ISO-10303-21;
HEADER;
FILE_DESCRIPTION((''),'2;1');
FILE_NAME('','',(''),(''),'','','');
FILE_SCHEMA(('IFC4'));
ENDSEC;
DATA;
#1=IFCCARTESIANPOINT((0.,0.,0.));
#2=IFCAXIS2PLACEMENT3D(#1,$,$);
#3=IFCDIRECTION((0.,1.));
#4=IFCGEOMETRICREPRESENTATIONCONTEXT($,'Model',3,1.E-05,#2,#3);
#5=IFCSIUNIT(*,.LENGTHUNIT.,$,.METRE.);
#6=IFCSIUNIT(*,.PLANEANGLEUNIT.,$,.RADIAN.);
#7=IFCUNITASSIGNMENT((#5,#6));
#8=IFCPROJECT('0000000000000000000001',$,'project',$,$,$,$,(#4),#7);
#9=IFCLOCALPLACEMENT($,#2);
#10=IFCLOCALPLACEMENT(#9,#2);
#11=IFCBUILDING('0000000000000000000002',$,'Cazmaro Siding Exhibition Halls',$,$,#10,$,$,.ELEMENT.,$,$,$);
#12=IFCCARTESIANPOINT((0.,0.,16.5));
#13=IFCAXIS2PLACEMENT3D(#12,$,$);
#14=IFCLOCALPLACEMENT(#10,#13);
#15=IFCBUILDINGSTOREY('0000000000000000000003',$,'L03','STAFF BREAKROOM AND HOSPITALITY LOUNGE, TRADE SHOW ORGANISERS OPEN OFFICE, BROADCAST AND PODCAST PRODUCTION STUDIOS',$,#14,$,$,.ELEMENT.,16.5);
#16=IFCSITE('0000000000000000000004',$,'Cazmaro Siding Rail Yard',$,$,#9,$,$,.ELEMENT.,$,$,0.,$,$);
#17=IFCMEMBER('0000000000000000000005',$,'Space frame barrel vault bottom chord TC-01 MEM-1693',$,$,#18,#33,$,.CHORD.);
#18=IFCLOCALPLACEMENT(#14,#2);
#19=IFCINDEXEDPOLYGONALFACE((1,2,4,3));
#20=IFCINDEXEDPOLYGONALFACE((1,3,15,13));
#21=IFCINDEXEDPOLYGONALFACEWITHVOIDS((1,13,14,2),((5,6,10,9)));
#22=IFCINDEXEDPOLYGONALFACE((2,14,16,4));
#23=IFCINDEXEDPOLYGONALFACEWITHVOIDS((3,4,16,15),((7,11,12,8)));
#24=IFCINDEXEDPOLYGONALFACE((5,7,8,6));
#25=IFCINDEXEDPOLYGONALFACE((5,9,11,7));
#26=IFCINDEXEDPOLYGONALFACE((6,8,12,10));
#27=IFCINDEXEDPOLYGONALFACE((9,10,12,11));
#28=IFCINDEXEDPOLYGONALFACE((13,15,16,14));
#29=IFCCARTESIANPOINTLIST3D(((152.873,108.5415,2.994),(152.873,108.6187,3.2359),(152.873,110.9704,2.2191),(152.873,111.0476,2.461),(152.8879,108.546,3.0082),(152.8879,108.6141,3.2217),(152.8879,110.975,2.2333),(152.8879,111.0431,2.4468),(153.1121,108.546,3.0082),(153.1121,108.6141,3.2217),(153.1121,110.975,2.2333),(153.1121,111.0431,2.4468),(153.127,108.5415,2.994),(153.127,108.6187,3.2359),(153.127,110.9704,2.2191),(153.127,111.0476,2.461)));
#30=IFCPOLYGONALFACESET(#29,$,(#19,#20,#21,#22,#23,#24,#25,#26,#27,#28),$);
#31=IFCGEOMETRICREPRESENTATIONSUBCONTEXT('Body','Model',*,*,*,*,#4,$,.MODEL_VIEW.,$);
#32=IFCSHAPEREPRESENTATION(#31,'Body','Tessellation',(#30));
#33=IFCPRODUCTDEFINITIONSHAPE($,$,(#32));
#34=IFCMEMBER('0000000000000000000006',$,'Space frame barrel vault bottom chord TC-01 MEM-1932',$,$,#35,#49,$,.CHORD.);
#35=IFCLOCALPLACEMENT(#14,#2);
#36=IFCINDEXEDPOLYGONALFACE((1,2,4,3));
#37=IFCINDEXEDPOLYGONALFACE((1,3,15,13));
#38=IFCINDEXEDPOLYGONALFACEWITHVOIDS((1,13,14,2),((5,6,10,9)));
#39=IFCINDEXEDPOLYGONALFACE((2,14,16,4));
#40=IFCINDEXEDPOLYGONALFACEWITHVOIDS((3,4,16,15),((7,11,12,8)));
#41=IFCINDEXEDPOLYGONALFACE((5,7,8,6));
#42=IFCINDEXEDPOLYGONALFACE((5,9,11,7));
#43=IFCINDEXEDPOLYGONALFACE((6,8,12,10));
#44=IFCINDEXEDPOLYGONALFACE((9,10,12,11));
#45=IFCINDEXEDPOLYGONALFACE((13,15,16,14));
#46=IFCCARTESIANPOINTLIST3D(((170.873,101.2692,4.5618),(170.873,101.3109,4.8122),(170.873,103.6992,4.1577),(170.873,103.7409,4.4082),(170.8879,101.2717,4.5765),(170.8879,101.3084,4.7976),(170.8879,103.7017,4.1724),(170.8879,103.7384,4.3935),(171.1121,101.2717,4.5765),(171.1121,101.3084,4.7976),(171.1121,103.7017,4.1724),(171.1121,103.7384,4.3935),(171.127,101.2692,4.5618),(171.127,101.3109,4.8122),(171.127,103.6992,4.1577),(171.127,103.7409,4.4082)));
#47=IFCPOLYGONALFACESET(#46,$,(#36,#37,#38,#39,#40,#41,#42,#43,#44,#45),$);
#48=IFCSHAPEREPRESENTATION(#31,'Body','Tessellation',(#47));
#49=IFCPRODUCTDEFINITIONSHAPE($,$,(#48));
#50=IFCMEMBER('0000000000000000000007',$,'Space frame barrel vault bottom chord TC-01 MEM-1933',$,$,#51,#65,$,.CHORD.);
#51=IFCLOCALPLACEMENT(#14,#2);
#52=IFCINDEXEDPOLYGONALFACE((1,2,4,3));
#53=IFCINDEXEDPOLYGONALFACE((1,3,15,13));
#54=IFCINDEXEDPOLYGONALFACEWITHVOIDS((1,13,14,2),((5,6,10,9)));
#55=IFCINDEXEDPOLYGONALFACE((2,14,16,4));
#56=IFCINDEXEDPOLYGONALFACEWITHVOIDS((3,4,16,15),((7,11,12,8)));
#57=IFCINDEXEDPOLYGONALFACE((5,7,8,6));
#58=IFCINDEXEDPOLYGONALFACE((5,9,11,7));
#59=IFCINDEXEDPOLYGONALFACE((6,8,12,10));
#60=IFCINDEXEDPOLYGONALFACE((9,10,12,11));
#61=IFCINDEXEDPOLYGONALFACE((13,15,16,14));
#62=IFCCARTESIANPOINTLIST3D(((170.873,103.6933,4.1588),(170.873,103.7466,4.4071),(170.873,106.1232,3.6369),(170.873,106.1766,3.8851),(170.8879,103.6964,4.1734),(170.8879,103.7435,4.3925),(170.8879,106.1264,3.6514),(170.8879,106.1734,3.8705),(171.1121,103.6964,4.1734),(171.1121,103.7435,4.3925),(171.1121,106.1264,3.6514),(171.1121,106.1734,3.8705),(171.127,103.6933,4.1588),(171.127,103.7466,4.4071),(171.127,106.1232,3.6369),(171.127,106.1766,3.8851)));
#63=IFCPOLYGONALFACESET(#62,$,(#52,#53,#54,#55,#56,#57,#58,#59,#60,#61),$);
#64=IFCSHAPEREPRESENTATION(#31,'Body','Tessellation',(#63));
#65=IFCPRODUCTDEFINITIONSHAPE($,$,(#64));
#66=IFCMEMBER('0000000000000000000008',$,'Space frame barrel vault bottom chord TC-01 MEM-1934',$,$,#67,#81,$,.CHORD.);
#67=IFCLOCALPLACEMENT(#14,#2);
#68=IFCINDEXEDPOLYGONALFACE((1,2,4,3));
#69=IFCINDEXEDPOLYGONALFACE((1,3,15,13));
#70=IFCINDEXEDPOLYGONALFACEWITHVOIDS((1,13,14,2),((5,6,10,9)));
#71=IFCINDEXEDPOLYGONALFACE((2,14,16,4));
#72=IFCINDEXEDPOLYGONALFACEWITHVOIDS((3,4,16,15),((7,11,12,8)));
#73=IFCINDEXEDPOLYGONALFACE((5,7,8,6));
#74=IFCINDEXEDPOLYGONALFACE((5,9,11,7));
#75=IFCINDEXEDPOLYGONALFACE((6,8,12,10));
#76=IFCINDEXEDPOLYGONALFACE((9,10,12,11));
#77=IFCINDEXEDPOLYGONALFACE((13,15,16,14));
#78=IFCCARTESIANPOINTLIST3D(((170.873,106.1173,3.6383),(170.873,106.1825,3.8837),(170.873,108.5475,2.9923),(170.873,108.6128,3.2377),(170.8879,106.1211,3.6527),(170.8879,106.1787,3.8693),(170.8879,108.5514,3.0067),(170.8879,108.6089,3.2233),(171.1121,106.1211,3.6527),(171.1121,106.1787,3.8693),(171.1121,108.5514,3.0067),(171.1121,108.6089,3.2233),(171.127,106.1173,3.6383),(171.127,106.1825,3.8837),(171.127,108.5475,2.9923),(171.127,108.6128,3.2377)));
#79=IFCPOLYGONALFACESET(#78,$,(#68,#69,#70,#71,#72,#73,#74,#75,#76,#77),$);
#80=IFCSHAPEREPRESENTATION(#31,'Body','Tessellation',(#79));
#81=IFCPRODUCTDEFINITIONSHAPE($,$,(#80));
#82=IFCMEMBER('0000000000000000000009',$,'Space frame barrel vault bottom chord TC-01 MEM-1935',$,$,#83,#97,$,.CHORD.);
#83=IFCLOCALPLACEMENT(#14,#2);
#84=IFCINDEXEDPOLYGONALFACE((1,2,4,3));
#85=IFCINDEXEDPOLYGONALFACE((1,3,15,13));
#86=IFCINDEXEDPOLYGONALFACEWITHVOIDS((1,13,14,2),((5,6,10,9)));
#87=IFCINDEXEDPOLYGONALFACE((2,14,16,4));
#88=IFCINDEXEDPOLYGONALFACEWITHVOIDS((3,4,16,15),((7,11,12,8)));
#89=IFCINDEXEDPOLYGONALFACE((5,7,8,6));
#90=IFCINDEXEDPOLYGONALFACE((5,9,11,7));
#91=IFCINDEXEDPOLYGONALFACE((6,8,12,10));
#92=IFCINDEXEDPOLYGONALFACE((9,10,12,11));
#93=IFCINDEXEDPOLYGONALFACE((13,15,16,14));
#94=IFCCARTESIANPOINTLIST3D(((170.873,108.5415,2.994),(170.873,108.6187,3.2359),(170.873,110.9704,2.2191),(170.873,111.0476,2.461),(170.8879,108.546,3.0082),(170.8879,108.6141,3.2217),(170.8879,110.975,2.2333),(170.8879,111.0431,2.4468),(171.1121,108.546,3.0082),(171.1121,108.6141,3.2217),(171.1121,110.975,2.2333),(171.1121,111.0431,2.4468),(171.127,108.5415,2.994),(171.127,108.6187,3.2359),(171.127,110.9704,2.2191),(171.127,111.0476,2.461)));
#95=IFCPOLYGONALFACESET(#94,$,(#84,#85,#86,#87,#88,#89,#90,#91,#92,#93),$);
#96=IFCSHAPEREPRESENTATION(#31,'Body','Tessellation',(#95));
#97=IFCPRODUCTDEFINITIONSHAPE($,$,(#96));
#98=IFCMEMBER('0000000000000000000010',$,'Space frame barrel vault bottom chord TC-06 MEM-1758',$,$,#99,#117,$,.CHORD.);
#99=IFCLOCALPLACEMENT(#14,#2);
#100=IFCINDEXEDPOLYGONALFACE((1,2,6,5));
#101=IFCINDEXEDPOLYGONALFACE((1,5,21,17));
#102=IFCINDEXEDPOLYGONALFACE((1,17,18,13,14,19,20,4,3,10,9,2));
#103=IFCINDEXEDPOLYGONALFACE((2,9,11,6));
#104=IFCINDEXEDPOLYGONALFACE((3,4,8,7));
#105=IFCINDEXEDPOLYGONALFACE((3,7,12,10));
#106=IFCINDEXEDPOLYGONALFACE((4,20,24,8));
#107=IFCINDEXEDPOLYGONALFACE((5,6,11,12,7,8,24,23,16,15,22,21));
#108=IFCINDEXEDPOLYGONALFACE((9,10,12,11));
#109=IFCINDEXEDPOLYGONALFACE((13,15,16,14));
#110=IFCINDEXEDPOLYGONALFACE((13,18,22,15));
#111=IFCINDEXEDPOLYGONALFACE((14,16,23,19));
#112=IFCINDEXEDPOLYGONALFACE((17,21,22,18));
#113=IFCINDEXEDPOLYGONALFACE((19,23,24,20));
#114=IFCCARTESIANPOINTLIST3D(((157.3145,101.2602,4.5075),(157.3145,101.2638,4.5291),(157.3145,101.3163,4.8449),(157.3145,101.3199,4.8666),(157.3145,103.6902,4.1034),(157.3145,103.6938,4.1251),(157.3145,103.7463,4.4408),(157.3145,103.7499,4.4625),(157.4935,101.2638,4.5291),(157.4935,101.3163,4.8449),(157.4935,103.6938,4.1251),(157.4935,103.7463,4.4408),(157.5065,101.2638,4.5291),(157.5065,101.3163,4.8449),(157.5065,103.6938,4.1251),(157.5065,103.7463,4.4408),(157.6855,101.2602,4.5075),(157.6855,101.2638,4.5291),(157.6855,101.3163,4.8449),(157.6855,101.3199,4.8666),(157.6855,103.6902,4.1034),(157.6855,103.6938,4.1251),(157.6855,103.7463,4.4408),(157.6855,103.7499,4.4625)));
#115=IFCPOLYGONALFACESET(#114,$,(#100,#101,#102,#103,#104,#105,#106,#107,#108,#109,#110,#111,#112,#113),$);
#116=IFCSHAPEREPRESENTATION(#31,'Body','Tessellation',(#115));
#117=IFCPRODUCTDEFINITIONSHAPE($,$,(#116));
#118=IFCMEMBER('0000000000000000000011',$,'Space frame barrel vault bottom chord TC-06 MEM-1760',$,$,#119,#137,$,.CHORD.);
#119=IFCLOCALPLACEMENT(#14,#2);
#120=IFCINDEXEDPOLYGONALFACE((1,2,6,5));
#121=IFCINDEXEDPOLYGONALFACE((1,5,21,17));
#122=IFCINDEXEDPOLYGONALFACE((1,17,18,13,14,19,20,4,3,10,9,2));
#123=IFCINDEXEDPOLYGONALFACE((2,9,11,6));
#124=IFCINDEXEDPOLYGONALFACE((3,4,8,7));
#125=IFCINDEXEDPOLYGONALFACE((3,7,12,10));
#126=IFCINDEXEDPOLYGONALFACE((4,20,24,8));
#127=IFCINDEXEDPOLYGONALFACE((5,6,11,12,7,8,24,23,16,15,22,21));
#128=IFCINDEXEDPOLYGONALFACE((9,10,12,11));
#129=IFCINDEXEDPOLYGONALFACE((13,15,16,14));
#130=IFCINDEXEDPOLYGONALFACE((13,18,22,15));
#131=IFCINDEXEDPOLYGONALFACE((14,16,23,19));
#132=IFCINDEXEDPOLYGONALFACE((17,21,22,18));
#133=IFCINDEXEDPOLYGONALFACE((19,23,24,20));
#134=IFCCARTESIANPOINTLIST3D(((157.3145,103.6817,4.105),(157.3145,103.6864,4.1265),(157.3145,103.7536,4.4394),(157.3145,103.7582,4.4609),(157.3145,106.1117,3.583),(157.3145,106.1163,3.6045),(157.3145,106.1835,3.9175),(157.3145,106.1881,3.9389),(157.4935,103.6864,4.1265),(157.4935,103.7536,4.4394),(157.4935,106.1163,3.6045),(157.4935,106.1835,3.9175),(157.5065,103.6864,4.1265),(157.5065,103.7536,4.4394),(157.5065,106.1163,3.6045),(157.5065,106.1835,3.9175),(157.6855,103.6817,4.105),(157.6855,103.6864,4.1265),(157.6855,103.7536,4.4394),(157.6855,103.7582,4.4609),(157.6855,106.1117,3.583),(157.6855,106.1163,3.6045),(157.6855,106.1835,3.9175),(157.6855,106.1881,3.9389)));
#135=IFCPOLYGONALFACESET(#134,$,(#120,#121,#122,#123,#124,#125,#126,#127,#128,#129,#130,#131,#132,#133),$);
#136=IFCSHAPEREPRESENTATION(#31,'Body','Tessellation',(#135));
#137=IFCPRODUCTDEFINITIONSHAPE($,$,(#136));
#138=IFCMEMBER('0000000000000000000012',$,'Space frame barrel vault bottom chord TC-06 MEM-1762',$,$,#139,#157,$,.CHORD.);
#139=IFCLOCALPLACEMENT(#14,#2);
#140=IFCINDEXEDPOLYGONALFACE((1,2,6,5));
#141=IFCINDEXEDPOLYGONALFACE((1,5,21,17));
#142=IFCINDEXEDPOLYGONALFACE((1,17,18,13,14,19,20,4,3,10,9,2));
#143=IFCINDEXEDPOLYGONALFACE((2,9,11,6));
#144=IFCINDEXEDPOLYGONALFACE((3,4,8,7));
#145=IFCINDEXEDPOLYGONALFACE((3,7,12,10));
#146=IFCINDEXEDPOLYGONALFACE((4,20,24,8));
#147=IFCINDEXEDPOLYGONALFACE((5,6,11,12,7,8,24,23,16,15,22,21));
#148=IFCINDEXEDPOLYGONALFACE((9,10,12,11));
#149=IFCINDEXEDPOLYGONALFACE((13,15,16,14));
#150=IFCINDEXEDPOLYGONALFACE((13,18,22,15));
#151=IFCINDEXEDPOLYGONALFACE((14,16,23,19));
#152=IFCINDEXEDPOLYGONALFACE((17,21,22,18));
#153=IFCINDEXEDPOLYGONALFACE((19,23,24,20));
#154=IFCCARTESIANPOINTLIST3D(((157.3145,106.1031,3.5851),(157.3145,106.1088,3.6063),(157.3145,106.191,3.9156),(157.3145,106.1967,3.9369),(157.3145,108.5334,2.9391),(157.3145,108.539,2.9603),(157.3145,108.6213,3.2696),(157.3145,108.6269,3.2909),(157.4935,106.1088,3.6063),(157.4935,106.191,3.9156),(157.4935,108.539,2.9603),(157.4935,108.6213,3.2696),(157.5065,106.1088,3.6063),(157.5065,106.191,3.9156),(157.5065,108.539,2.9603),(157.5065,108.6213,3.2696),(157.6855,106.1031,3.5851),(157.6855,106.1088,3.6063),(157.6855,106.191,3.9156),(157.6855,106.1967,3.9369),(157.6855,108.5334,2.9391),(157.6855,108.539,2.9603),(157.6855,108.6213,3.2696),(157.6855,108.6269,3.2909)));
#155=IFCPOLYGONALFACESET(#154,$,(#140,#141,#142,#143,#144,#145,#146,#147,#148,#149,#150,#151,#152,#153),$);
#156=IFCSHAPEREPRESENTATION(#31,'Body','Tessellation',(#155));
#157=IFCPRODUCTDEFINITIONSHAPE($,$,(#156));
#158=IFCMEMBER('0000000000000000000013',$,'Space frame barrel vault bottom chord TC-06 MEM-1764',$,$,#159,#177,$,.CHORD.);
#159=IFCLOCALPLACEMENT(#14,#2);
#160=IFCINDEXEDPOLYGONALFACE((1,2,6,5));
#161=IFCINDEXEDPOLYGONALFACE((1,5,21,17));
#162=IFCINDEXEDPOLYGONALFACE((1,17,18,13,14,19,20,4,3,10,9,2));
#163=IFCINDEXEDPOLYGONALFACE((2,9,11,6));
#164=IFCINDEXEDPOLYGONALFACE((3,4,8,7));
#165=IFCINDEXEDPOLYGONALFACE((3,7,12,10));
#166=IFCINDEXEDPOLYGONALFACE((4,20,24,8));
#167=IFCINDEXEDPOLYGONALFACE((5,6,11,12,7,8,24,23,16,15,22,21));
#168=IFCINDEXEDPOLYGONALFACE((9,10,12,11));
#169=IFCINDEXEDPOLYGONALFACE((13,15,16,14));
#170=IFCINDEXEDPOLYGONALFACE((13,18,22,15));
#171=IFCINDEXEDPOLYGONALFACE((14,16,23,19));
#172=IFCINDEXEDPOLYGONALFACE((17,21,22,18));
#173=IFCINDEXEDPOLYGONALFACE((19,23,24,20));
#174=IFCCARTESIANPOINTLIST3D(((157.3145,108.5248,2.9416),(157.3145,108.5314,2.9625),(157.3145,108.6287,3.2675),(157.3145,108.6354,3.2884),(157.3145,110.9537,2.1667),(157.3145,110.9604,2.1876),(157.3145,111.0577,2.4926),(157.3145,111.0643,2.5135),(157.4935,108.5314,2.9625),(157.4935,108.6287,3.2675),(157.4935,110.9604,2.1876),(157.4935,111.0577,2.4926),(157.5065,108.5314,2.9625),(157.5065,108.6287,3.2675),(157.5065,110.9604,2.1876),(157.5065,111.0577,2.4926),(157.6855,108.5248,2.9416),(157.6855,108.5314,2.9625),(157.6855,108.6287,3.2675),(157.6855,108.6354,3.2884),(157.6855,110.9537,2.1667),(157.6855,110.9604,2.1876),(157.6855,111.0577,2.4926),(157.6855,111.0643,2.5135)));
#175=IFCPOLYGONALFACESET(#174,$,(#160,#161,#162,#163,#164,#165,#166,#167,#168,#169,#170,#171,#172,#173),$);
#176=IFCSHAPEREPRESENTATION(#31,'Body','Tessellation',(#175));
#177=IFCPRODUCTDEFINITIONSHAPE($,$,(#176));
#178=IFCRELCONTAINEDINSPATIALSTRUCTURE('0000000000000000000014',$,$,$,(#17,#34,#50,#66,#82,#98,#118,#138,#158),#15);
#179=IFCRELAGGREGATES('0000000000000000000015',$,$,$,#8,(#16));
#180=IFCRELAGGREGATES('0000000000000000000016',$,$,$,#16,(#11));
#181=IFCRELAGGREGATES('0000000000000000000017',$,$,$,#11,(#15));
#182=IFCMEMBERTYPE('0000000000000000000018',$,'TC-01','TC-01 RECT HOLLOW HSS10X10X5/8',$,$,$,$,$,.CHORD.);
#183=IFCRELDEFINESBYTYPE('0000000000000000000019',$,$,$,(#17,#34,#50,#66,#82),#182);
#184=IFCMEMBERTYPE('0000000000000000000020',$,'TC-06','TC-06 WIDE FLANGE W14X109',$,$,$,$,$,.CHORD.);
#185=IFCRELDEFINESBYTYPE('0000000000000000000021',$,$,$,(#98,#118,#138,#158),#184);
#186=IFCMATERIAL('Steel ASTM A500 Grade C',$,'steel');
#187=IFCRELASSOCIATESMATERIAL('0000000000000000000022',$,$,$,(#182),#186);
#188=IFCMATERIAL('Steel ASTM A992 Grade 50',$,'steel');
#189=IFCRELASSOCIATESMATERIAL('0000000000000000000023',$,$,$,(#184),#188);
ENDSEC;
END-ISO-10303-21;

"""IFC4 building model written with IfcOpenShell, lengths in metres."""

from ifc_helpers import new_model, si_unit, direction, frame, origin, origin_2d, place, context, subcontext, project, spatial, hollow_rectangle, i_section, extrude, material, material_profile, profile_set, type_object, element, save


model = new_model("IFC4")

# Units and contexts
model_context = context("Model", 3, precision=1e-05, world=origin(), true_north=direction((0.0, 1.0)))
body_context = subcontext(model_context, "Body", "Model", "MODEL_VIEW")
ifc_project = project(units=[si_unit("LENGTHUNIT", "METRE"), si_unit("PLANEANGLEUNIT", "RADIAN")], contexts=[model_context])

# Site, building, storey
site_placement = place(None, origin())
site = spatial("IfcSite", under=ifc_project, at=site_placement, Name="Cazmaro Siding Rail Yard", CompositionType="ELEMENT", RefElevation=0.0)
building_placement = place(site_placement, origin())
building = spatial("IfcBuilding", under=site, at=building_placement, Name="Cazmaro Siding Exhibition Halls", CompositionType="ELEMENT")
storey_placement = place(building_placement, frame((0.0, 0.0, 16.5)))
storey = spatial("IfcBuildingStorey", under=building, at=storey_placement, Name="L03", Description="STAFF BREAKROOM AND HOSPITALITY LOUNGE, TRADE SHOW ORGANISERS OPEN OFFICE, BROADCAST AND PODCAST PRODUCTION STUDIOS", CompositionType="ELEMENT", Elevation=16.5)

# Members
ifc_material_1 = material(Name="Steel ASTM A500 Grade C", Category="steel")
ifc_material_profile_1 = material_profile(ifc_material_1, hollow_rectangle(XDim=0.2539, YDim=0.2539, WallThickness=0.0149, at=origin_2d()), Name="HSS10X10X5/8")
ifc_profile_set_1 = profile_set([ifc_material_profile_1], Name="Steel ASTM A500 Grade C")
member_type_1 = type_object("IfcMemberType", Name="TC-01", Description="TC-01 RECT HOLLOW HSS10X10X5/8", PredefinedType="CHORD", material=ifc_profile_set_1)
member_1_placement = place(storey_placement, frame((153.0, 108.5801, 3.115), z_axis=(0.0, 0.952693, -0.303935), x_axis=(-1.0, 0.0, 0.0)))
element("IfcMember", 1, at=member_1_placement, inside=storey, type_object=member_type_1, Name="Space frame barrel vault bottom chord TC-01 MEM-1693", PredefinedType="CHORD", context=body_context, shape_type="SweptSolid", body=[
    extrude(hollow_rectangle(XDim=0.2539, YDim=0.2539, WallThickness=0.0149, at=origin_2d()), origin(), (0.0, 0.0, 1.0), 2.5496),
])
member_2_placement = place(storey_placement, frame((171.0, 101.29, 4.687), z_axis=(0.0, 0.986455, -0.164029), x_axis=(-1.0, 0.0, 0.0)))
element("IfcMember", 2, at=member_2_placement, inside=storey, type_object=member_type_1, Name="Space frame barrel vault bottom chord TC-01 MEM-1932", PredefinedType="CHORD", context=body_context, shape_type="SweptSolid", body=[
    extrude(hollow_rectangle(XDim=0.2539, YDim=0.2539, WallThickness=0.0149, at=origin_2d()), origin(), (0.0, 0.0, 1.0), 2.4634),
])
member_3_placement = place(storey_placement, frame((171.0, 103.72, 4.283), z_axis=(0.0, 0.977697, -0.210019), x_axis=(-1.0, 0.0, 0.0)))
element("IfcMember", 3, at=member_3_placement, inside=storey, type_object=member_type_1, Name="Space frame barrel vault bottom chord TC-01 MEM-1933", PredefinedType="CHORD", context=body_context, shape_type="SweptSolid", body=[
    extrude(hollow_rectangle(XDim=0.2539, YDim=0.2539, WallThickness=0.0149, at=origin_2d()), origin(), (0.0, 0.0, 1.0), 2.4854),
])
member_4_placement = place(storey_placement, frame((171.0, 106.1499, 3.761), z_axis=(0.0, 0.966438, -0.256901), x_axis=(-1.0, 0.0, 0.0)))
element("IfcMember", 4, at=member_4_placement, inside=storey, type_object=member_type_1, Name="Space frame barrel vault bottom chord TC-01 MEM-1934", PredefinedType="CHORD", context=body_context, shape_type="SweptSolid", body=[
    extrude(hollow_rectangle(XDim=0.2539, YDim=0.2539, WallThickness=0.0149, at=origin_2d()), origin(), (0.0, 0.0, 1.0), 2.5146),
])
member_5_placement = place(storey_placement, frame((171.0, 108.5801, 3.115), z_axis=(0.0, 0.952693, -0.303935), x_axis=(-1.0, 0.0, 0.0)))
element("IfcMember", 5, at=member_5_placement, inside=storey, type_object=member_type_1, Name="Space frame barrel vault bottom chord TC-01 MEM-1935", PredefinedType="CHORD", context=body_context, shape_type="SweptSolid", body=[
    extrude(hollow_rectangle(XDim=0.2539, YDim=0.2539, WallThickness=0.0149, at=origin_2d()), origin(), (0.0, 0.0, 1.0), 2.5496),
])
ifc_material_2 = material(Name="Steel ASTM A992 Grade 50", Category="steel")
ifc_material_profile_2 = material_profile(ifc_material_2, i_section(OverallWidth=0.3711, OverallDepth=0.364, WebThickness=0.0129, FlangeThickness=0.022, at=origin_2d()), Name="W14X109")
ifc_profile_set_2 = profile_set([ifc_material_profile_2], Name="Steel ASTM A992 Grade 50")
member_type_2 = type_object("IfcMemberType", Name="TC-06", Description="TC-06 WIDE FLANGE W14X109", PredefinedType="CHORD", material=ifc_profile_set_2)
member_6_placement = place(storey_placement, frame((157.5, 101.29, 4.687), z_axis=(0.0, 0.986455, -0.164029), x_axis=(-1.0, 0.0, 0.0)))
element("IfcMember", 6, at=member_6_placement, inside=storey, type_object=member_type_2, Name="Space frame barrel vault bottom chord TC-06 MEM-1758", PredefinedType="CHORD", context=body_context, shape_type="SweptSolid", body=[
    extrude(i_section(OverallWidth=0.3711, OverallDepth=0.364, WebThickness=0.0129, FlangeThickness=0.022, at=origin_2d()), origin(), (0.0, 0.0, 1.0), 2.4634),
])
member_7_placement = place(storey_placement, frame((157.5, 103.72, 4.283), z_axis=(0.0, 0.977697, -0.210019), x_axis=(-1.0, 0.0, 0.0)))
element("IfcMember", 7, at=member_7_placement, inside=storey, type_object=member_type_2, Name="Space frame barrel vault bottom chord TC-06 MEM-1760", PredefinedType="CHORD", context=body_context, shape_type="SweptSolid", body=[
    extrude(i_section(OverallWidth=0.3711, OverallDepth=0.364, WebThickness=0.0129, FlangeThickness=0.022, at=origin_2d()), origin(), (0.0, 0.0, 1.0), 2.4854),
])
member_8_placement = place(storey_placement, frame((157.5, 106.1499, 3.761), z_axis=(0.0, 0.966438, -0.256901), x_axis=(-1.0, 0.0, 0.0)))
element("IfcMember", 8, at=member_8_placement, inside=storey, type_object=member_type_2, Name="Space frame barrel vault bottom chord TC-06 MEM-1762", PredefinedType="CHORD", context=body_context, shape_type="SweptSolid", body=[
    extrude(i_section(OverallWidth=0.3711, OverallDepth=0.364, WebThickness=0.0129, FlangeThickness=0.022, at=origin_2d()), origin(), (0.0, 0.0, 1.0), 2.5146),
])
member_9_placement = place(storey_placement, frame((157.5, 108.5801, 3.115), z_axis=(0.0, 0.952693, -0.303935), x_axis=(-1.0, 0.0, 0.0)))
element("IfcMember", 9, at=member_9_placement, inside=storey, type_object=member_type_2, Name="Space frame barrel vault bottom chord TC-06 MEM-1764", PredefinedType="CHORD", context=body_context, shape_type="SweptSolid", body=[
    extrude(i_section(OverallWidth=0.3711, OverallDepth=0.364, WebThickness=0.0129, FlangeThickness=0.022, at=origin_2d()), origin(), (0.0, 0.0, 1.0), 2.5496),
])

save(model, "model.ifc")
